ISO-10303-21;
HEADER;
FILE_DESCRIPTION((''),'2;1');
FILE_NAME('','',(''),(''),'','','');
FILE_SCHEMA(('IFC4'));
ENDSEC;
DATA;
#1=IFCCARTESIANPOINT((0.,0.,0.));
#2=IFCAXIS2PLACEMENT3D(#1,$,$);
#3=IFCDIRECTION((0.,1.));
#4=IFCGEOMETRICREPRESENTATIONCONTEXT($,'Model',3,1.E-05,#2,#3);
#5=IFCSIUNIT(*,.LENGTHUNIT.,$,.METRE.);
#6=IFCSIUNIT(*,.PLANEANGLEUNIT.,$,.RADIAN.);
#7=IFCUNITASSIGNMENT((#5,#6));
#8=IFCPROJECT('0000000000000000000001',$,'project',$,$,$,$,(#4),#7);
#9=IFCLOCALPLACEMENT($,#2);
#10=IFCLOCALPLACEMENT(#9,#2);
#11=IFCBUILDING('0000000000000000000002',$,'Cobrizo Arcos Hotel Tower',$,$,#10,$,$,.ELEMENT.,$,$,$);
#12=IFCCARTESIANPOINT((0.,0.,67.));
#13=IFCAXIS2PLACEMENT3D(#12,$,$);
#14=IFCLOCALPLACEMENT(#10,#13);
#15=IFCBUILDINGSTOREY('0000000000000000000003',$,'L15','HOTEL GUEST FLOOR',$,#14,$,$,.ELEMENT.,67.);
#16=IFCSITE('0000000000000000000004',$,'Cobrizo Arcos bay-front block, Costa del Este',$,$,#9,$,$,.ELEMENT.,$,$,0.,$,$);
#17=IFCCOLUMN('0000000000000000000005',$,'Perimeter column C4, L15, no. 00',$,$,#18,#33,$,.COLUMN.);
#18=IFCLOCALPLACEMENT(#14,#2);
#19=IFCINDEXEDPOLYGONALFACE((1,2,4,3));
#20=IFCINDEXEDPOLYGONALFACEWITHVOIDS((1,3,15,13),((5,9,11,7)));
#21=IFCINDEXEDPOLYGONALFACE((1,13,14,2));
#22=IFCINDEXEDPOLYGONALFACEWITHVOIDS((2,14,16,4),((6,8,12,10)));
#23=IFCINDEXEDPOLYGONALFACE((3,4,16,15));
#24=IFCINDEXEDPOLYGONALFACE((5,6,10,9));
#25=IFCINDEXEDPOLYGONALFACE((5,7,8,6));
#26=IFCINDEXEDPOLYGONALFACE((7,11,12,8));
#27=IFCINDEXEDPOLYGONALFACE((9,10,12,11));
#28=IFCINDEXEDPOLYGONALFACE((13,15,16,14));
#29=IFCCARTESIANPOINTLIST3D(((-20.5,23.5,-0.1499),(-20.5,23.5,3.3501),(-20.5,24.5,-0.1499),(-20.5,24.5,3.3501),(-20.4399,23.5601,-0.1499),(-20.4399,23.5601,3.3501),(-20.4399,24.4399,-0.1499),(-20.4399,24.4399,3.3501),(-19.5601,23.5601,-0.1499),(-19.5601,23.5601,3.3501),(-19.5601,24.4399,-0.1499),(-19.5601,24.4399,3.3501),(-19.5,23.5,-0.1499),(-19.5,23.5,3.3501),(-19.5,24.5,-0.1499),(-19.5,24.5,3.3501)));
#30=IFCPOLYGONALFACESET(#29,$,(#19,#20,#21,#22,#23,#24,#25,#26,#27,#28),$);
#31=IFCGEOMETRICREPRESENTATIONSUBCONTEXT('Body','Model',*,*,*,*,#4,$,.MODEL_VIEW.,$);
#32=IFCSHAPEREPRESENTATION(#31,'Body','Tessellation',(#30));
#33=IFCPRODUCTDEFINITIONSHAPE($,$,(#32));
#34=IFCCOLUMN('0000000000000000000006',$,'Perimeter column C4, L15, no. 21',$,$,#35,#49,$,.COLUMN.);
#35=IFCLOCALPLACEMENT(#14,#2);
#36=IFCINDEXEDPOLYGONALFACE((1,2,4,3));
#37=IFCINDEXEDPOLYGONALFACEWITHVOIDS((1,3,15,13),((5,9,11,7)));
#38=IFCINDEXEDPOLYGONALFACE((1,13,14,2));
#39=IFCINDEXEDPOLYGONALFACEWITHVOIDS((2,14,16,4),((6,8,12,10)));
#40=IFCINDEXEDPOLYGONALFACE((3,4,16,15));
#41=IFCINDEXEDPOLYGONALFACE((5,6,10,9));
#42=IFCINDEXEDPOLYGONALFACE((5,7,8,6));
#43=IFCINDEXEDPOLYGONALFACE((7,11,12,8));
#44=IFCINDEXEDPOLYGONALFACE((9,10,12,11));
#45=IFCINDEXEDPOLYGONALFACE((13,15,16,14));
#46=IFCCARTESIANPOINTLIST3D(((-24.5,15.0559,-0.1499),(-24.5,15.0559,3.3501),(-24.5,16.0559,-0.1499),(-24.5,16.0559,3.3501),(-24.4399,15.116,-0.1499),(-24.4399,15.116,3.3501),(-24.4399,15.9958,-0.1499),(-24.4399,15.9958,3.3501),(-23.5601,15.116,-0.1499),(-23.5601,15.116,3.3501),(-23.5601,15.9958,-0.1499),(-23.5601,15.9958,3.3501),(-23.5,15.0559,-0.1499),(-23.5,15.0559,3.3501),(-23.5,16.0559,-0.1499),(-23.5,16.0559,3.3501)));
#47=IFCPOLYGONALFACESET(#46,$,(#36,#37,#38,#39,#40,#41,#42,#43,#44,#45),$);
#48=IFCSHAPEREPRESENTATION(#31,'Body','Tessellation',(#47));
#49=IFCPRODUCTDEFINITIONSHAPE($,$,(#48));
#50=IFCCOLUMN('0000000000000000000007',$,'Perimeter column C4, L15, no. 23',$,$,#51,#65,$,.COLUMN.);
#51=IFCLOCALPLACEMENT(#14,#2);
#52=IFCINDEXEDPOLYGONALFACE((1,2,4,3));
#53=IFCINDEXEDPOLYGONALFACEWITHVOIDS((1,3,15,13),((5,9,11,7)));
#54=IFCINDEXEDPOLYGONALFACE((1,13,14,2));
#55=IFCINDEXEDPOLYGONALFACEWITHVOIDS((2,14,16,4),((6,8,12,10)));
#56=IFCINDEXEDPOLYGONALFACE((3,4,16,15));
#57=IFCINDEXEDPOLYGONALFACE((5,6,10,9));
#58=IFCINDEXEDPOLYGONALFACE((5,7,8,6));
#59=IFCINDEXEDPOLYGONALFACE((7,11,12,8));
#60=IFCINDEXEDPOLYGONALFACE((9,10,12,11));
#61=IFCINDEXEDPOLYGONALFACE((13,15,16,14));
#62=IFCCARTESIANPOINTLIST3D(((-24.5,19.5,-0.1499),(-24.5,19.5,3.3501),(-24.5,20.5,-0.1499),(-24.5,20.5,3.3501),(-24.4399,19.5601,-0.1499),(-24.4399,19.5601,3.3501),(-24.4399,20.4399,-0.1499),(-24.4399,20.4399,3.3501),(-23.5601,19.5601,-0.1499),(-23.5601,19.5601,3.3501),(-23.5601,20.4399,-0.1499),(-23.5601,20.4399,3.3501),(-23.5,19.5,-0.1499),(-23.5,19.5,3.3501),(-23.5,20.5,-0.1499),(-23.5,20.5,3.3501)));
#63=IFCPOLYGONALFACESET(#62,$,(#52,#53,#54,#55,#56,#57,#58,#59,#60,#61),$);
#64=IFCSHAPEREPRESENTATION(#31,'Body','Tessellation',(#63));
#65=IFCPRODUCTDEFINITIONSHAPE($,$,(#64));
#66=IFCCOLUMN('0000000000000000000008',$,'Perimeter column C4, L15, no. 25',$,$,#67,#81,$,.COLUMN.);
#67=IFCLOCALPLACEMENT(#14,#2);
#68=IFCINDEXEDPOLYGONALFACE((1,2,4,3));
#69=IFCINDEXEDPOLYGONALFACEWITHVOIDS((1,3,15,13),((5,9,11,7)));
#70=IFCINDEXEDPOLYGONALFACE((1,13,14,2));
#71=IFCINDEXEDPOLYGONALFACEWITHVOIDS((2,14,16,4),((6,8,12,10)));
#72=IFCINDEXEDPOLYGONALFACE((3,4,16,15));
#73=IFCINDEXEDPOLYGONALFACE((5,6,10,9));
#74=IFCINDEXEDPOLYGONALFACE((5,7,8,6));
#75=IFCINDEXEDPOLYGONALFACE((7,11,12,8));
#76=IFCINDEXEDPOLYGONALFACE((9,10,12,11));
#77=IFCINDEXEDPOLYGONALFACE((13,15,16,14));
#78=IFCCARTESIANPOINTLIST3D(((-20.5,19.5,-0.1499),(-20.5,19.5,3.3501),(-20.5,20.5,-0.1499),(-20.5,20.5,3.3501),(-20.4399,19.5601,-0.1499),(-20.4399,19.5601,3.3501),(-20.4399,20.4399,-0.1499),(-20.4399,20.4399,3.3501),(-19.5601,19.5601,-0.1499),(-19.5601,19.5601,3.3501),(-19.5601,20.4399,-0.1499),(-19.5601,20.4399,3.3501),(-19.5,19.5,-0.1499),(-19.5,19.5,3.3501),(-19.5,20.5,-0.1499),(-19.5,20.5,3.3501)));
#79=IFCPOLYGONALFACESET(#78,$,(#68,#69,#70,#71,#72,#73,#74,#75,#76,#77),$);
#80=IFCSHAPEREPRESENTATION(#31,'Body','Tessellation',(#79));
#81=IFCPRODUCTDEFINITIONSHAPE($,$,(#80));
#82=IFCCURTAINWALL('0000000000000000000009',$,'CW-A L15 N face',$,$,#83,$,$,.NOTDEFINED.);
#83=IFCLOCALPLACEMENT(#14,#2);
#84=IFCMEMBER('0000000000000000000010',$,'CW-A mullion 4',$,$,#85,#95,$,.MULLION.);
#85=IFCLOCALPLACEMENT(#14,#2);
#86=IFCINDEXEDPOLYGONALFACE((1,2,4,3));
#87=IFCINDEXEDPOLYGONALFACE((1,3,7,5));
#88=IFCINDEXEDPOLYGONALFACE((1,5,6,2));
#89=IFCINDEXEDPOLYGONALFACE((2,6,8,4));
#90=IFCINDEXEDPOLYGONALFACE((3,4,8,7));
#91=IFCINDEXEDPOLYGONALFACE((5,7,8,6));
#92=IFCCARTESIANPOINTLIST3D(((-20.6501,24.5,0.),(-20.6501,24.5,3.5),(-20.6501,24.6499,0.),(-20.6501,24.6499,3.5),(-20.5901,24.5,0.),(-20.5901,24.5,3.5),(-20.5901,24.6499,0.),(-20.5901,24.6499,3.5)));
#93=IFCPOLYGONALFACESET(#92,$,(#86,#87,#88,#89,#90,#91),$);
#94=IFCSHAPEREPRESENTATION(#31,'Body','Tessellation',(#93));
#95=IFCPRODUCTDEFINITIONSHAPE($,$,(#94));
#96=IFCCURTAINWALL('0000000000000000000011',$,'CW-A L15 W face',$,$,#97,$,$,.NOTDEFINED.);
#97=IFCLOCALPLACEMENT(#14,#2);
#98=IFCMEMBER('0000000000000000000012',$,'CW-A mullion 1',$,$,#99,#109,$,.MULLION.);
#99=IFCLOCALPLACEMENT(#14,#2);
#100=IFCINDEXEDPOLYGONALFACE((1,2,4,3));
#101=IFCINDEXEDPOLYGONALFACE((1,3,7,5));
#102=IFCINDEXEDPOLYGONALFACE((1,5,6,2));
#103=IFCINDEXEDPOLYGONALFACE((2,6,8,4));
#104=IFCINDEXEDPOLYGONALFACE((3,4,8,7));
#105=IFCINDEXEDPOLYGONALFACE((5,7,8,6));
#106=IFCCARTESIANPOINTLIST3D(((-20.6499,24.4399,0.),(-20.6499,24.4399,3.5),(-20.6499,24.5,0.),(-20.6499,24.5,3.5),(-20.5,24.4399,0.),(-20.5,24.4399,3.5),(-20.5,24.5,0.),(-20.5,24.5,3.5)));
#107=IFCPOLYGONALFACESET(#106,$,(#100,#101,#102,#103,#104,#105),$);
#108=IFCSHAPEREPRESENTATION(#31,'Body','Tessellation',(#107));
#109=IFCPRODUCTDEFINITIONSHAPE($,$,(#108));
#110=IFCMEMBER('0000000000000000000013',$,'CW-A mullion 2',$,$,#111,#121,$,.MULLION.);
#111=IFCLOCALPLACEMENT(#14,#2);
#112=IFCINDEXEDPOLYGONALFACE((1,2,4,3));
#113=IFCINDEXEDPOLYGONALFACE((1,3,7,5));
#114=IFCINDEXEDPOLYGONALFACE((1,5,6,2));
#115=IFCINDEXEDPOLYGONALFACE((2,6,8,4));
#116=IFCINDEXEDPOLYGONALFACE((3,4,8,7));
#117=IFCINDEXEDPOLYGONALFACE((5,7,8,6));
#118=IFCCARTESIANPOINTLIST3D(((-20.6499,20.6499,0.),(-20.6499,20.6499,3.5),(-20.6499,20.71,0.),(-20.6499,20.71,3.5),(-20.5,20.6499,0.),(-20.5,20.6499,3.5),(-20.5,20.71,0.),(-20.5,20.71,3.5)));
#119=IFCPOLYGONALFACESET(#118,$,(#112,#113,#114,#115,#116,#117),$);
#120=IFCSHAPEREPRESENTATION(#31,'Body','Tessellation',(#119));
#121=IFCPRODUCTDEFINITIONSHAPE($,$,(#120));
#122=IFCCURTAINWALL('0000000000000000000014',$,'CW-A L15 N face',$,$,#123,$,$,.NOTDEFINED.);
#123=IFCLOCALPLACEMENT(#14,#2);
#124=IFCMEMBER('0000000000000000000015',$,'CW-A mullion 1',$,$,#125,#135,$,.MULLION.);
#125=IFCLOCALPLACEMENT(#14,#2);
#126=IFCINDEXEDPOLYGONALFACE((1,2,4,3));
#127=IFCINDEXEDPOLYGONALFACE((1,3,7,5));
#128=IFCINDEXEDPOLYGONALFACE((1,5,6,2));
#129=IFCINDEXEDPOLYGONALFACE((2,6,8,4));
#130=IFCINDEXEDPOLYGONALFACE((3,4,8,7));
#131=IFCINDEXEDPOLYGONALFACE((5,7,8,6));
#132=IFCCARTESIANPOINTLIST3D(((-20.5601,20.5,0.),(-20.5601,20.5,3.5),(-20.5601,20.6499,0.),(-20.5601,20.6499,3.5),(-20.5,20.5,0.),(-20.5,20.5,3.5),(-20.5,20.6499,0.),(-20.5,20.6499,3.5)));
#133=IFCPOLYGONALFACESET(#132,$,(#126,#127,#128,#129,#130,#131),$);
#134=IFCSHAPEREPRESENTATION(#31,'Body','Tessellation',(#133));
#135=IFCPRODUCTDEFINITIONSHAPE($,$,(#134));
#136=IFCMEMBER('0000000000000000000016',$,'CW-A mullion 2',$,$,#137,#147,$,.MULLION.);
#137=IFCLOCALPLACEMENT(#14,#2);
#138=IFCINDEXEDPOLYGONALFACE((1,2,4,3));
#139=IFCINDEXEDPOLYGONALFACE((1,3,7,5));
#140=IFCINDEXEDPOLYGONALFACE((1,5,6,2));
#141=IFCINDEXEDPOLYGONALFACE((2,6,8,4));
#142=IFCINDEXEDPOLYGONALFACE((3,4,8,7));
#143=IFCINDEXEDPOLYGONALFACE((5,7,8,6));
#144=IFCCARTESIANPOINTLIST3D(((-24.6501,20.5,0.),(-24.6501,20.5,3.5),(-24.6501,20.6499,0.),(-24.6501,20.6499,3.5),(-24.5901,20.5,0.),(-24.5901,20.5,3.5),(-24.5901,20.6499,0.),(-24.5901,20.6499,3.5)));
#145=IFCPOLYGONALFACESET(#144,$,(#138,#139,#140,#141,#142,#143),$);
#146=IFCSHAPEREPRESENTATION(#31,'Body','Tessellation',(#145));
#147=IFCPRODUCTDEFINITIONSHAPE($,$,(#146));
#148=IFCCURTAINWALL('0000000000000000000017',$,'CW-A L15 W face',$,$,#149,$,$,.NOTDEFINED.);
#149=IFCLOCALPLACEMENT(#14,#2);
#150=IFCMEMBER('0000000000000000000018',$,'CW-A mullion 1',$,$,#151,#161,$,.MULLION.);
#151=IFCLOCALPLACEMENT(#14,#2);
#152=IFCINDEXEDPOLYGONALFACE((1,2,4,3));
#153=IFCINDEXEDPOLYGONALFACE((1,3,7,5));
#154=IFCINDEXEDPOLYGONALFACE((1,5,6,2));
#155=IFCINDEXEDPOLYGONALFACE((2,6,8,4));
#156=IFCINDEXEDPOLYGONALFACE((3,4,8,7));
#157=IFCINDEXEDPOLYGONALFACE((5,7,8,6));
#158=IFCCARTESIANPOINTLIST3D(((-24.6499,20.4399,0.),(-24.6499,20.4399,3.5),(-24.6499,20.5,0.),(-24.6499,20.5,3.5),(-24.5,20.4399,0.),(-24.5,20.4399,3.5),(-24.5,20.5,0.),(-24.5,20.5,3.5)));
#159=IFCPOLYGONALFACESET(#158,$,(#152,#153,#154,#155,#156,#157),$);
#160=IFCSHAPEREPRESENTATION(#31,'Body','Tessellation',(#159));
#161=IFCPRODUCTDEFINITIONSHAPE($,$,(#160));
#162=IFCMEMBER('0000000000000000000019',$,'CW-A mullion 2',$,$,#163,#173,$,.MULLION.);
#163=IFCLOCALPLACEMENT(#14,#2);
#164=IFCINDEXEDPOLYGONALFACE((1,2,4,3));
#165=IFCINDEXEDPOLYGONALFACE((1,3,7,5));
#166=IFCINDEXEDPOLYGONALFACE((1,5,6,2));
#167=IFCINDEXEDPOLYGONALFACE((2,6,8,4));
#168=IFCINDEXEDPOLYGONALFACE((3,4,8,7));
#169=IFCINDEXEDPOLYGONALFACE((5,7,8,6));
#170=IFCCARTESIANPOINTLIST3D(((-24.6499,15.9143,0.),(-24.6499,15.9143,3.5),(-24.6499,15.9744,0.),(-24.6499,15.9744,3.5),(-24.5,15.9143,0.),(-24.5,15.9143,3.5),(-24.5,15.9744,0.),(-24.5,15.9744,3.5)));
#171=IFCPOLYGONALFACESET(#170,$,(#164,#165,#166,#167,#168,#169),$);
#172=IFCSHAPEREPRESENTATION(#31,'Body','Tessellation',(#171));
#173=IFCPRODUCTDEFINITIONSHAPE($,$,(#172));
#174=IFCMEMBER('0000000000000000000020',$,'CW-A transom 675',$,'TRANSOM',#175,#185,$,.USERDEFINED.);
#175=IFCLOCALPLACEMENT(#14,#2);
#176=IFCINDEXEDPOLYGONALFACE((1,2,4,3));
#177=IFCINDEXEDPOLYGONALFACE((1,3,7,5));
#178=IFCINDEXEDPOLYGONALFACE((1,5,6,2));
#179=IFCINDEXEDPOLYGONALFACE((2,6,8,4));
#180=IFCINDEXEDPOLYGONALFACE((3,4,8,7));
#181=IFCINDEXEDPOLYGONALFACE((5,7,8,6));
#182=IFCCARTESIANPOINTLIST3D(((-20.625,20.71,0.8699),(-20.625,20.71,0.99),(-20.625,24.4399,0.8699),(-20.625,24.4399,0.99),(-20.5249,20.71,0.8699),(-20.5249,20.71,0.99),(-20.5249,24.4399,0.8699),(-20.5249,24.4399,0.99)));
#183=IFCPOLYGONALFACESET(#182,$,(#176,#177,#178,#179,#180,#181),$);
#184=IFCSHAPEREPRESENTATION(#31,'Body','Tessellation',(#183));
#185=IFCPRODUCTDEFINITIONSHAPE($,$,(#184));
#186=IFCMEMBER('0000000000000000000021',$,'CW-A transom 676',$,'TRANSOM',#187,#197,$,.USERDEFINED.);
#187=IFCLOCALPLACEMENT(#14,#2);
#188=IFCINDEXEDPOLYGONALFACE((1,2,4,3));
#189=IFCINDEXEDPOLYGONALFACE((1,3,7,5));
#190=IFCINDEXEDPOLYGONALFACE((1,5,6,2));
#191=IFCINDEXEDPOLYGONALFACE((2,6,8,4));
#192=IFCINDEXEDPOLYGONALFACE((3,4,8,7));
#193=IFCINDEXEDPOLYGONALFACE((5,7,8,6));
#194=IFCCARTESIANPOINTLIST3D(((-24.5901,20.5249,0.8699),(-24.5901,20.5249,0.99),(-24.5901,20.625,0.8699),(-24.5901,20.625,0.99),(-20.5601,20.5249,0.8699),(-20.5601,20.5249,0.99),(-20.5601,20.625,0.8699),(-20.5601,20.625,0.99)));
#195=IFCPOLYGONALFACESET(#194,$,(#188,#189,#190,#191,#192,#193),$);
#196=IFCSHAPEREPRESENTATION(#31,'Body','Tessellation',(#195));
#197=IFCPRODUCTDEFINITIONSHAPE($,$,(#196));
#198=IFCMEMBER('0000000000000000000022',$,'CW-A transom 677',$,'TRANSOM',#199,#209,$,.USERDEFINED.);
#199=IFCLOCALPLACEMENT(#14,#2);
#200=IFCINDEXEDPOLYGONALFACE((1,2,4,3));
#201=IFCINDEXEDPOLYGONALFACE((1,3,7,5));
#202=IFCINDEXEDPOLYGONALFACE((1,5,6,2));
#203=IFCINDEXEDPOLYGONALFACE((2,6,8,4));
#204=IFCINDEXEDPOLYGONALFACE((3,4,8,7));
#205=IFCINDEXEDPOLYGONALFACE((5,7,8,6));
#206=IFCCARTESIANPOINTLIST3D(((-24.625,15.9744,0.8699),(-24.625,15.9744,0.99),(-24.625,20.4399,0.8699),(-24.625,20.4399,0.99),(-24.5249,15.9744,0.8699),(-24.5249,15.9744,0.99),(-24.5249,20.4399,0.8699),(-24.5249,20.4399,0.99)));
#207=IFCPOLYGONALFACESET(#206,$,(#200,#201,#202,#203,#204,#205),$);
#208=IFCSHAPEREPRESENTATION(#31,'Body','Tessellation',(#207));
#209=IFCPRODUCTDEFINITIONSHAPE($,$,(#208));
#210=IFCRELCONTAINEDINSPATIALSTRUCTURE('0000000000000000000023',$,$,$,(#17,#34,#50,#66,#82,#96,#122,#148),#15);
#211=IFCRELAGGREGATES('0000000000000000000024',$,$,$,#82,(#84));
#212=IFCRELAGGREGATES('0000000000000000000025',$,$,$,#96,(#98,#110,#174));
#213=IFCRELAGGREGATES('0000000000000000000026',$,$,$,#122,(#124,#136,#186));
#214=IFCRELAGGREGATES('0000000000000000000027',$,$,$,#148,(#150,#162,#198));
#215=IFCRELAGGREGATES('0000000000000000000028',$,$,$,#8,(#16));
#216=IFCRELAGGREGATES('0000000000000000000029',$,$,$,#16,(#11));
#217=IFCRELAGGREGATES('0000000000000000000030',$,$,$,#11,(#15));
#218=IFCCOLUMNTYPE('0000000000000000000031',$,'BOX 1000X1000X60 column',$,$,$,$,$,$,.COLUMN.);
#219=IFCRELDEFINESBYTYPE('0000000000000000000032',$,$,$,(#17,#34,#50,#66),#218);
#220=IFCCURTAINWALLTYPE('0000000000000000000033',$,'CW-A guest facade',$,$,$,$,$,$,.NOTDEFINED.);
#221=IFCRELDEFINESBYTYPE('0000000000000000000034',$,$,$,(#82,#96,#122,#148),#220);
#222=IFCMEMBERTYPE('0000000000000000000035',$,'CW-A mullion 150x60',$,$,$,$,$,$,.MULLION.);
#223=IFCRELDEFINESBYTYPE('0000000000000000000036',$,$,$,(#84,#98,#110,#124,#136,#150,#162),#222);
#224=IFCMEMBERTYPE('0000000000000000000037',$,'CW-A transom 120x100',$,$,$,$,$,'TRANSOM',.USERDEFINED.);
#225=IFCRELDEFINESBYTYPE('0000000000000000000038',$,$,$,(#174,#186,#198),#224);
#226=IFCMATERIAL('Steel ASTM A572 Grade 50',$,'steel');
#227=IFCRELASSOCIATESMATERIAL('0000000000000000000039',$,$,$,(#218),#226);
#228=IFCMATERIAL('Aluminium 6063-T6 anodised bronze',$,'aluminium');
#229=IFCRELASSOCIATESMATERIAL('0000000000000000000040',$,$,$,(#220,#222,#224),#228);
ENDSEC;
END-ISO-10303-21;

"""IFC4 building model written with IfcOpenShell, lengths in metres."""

from ifc_helpers import new_model, si_unit, direction, frame, origin, origin_2d, place, context, subcontext, project, spatial, rectangle, hollow_rectangle, extrude, material, material_profile, profile_set, type_object, element, aggregate, save


model = new_model("IFC4")

# Units and contexts
model_context = context("Model", 3, precision=1e-05, world=origin(), true_north=direction((0.0, 1.0)))
body_context = subcontext(model_context, "Body", "Model", "MODEL_VIEW")
ifc_project = project(units=[si_unit("LENGTHUNIT", "METRE"), si_unit("PLANEANGLEUNIT", "RADIAN")], contexts=[model_context])

# Site, building, storey
site_placement = place(None, origin())
site = spatial("IfcSite", under=ifc_project, at=site_placement, Name="Cobrizo Arcos bay-front block, Costa del Este", CompositionType="ELEMENT", RefElevation=0.0)
building_placement = place(site_placement, origin())
building = spatial("IfcBuilding", under=site, at=building_placement, Name="Cobrizo Arcos Hotel Tower", CompositionType="ELEMENT")
storey_placement = place(building_placement, frame((0.0, 0.0, 67.0)))
storey = spatial("IfcBuildingStorey", under=building, at=storey_placement, Name="L15", Description="HOTEL GUEST FLOOR", CompositionType="ELEMENT", Elevation=67.0)

# Columns
ifc_material_1 = material(Name="Steel ASTM A572 Grade 50", Category="steel")
ifc_material_profile_1 = material_profile(ifc_material_1, hollow_rectangle(XDim=1.0, YDim=1.0, WallThickness=0.0601, at=origin_2d()), Name="BOX 1000X1000X60")
ifc_profile_set_1 = profile_set([ifc_material_profile_1], Name="Steel ASTM A572 Grade 50")
column_type = type_object("IfcColumnType", Name="BOX 1000X1000X60 column", PredefinedType="COLUMN", material=ifc_profile_set_1)
for number, where, z_axis, x_axis, name in (
    (1, (-20.0, 24.0, -0.1499), (0.0, 0.0, 1.0), (1.0, 0.0, 0.0), "Perimeter column C4, L15, no. 00"),
    (2, (-24.0, 15.5559, -0.1499), (0.0, 0.0, 1.0), (1.0, 0.0, 0.0), "Perimeter column C4, L15, no. 21"),
    (3, (-24.0, 20.0, -0.1499), (0.0, 0.0, 1.0), (1.0, 0.0, 0.0), "Perimeter column C4, L15, no. 23"),
    (4, (-20.0, 20.0, -0.1499), (0.0, 0.0, 1.0), (1.0, 0.0, 0.0), "Perimeter column C4, L15, no. 25"),
):
    element("IfcColumn", number, at=place(storey_placement, frame(where, z_axis=z_axis, x_axis=x_axis)), inside=storey, type_object=column_type, Name=name, PredefinedType="COLUMN", context=body_context, shape_type="SweptSolid", body=[
        extrude(hollow_rectangle(XDim=1.0, YDim=1.0, WallThickness=0.0601, at=origin_2d()), origin(), (0.0, 0.0, 1.0), 3.5),
    ])

# Curtain wall, member
ifc_material_2 = material(Name="Aluminium 6063-T6 anodised bronze", Category="aluminium")
curtain_wall_type = type_object("IfcCurtainWallType", Name="CW-A guest facade", PredefinedType="NOTDEFINED", material=ifc_material_2)
curtain_wall_1_placement = place(storey_placement, origin())
curtain_wall_1 = element("IfcCurtainWall", 5, at=curtain_wall_1_placement, inside=storey, type_object=curtain_wall_type, Name="CW-A L15 N face", PredefinedType="NOTDEFINED")
ifc_material_profile_2 = material_profile(ifc_material_2, rectangle(XDim=0.1499, YDim=0.0601, at=origin_2d()), Name="CW-A mullion 150x60")
ifc_profile_set_2 = profile_set([ifc_material_profile_2], Name="Aluminium 6063-T6 anodised bronze")
member_type_1 = type_object("IfcMemberType", Name="CW-A mullion 150x60", PredefinedType="MULLION", material=ifc_profile_set_2)
member_1_placement = place(storey_placement, frame((-20.6201, 24.575, 0.0), z_axis=(0.0, 0.0, 1.0), x_axis=(0.0, 1.0, 0.0)))
member_1 = element("IfcMember", 6, at=member_1_placement, type_object=member_type_1, Name="CW-A mullion 4", PredefinedType="MULLION", context=body_context, shape_type="SweptSolid", body=[
    extrude(rectangle(XDim=0.1499, YDim=0.0601, at=origin_2d()), origin(), (0.0, 0.0, 1.0), 3.5),
])

# Curtain walls, members
curtain_wall_2_placement = place(storey_placement, origin())
curtain_wall_2 = element("IfcCurtainWall", 7, at=curtain_wall_2_placement, inside=storey, type_object=curtain_wall_type, Name="CW-A L15 W face", PredefinedType="NOTDEFINED")
member_2_placement = place(storey_placement, frame((-20.575, 24.47, 0.0), z_axis=(0.0, 0.0, 1.0), x_axis=(-1.0, 0.0, 0.0)))
member_2 = element("IfcMember", 8, at=member_2_placement, type_object=member_type_1, Name="CW-A mullion 1", PredefinedType="MULLION", context=body_context, shape_type="SweptSolid", body=[
    extrude(rectangle(XDim=0.1499, YDim=0.0601, at=origin_2d()), origin(), (0.0, 0.0, 1.0), 3.5),
])
member_3_placement = place(storey_placement, frame((-20.575, 20.6799, 0.0), z_axis=(0.0, 0.0, 1.0), x_axis=(-1.0, 0.0, 0.0)))
member_3 = element("IfcMember", 9, at=member_3_placement, type_object=member_type_1, Name="CW-A mullion 2", PredefinedType="MULLION", context=body_context, shape_type="SweptSolid", body=[
    extrude(rectangle(XDim=0.1499, YDim=0.0601, at=origin_2d()), origin(), (0.0, 0.0, 1.0), 3.5),
])
curtain_wall_3_placement = place(storey_placement, origin())
curtain_wall_3 = element("IfcCurtainWall", 10, at=curtain_wall_3_placement, inside=storey, type_object=curtain_wall_type, Name="CW-A L15 N face", PredefinedType="NOTDEFINED")
member_4_placement = place(storey_placement, frame((-20.53, 20.575, 0.0), z_axis=(0.0, 0.0, 1.0), x_axis=(0.0, 1.0, 0.0)))
member_4 = element("IfcMember", 11, at=member_4_placement, type_object=member_type_1, Name="CW-A mullion 1", PredefinedType="MULLION", context=body_context, shape_type="SweptSolid", body=[
    extrude(rectangle(XDim=0.1499, YDim=0.0601, at=origin_2d()), origin(), (0.0, 0.0, 1.0), 3.5),
])
member_5_placement = place(storey_placement, frame((-24.6201, 20.575, 0.0), z_axis=(0.0, 0.0, 1.0), x_axis=(0.0, 1.0, 0.0)))
member_5 = element("IfcMember", 12, at=member_5_placement, type_object=member_type_1, Name="CW-A mullion 2", PredefinedType="MULLION", context=body_context, shape_type="SweptSolid", body=[
    extrude(rectangle(XDim=0.1499, YDim=0.0601, at=origin_2d()), origin(), (0.0, 0.0, 1.0), 3.5),
])
curtain_wall_4_placement = place(storey_placement, origin())
curtain_wall_4 = element("IfcCurtainWall", 13, at=curtain_wall_4_placement, inside=storey, type_object=curtain_wall_type, Name="CW-A L15 W face", PredefinedType="NOTDEFINED")
member_6_placement = place(storey_placement, frame((-24.575, 20.47, 0.0), z_axis=(0.0, 0.0, 1.0), x_axis=(-1.0, 0.0, 0.0)))
member_6 = element("IfcMember", 14, at=member_6_placement, type_object=member_type_1, Name="CW-A mullion 1", PredefinedType="MULLION", context=body_context, shape_type="SweptSolid", body=[
    extrude(rectangle(XDim=0.1499, YDim=0.0601, at=origin_2d()), origin(), (0.0, 0.0, 1.0), 3.5),
])
member_7_placement = place(storey_placement, frame((-24.575, 15.9443, 0.0), z_axis=(0.0, 0.0, 1.0), x_axis=(-1.0, 0.0, 0.0)))
member_7 = element("IfcMember", 15, at=member_7_placement, type_object=member_type_1, Name="CW-A mullion 2", PredefinedType="MULLION", context=body_context, shape_type="SweptSolid", body=[
    extrude(rectangle(XDim=0.1499, YDim=0.0601, at=origin_2d()), origin(), (0.0, 0.0, 1.0), 3.5),
])

# Members
ifc_material_profile_3 = material_profile(ifc_material_2, rectangle(XDim=0.1001, YDim=0.1201, at=origin_2d()), Name="CW-A transom 120x100")
ifc_profile_set_3 = profile_set([ifc_material_profile_3], Name="Aluminium 6063-T6 anodised bronze")
member_type_2 = type_object("IfcMemberType", Name="CW-A transom 120x100", ElementType="TRANSOM", PredefinedType="USERDEFINED", material=ifc_profile_set_3)
member_8_placement = place(storey_placement, frame((-20.575, 24.4399, 0.9299), z_axis=(0.0, -1.0, 0.0), x_axis=(1.0, 0.0, 0.0)))
member_8 = element("IfcMember", 16, at=member_8_placement, type_object=member_type_2, Name="CW-A transom 675", ObjectType="TRANSOM", PredefinedType="USERDEFINED", context=body_context, shape_type="SweptSolid", body=[
    extrude(rectangle(XDim=0.1001, YDim=0.1201, at=origin_2d()), origin(), (0.0, 0.0, 1.0), 3.73),
])
member_9_placement = place(storey_placement, frame((-20.5601, 20.575, 0.9299), z_axis=(-1.0, 0.0, 0.0), x_axis=(0.0, -1.0, 0.0)))
member_9 = element("IfcMember", 17, at=member_9_placement, type_object=member_type_2, Name="CW-A transom 676", ObjectType="TRANSOM", PredefinedType="USERDEFINED", context=body_context, shape_type="SweptSolid", body=[
    extrude(rectangle(XDim=0.1001, YDim=0.1201, at=origin_2d()), origin(), (0.0, 0.0, 1.0), 4.03),
])
member_10_placement = place(storey_placement, frame((-24.575, 20.4399, 0.9299), z_axis=(0.0, -1.0, 0.0), x_axis=(1.0, 0.0, 0.0)))
member_10 = element("IfcMember", 18, at=member_10_placement, type_object=member_type_2, Name="CW-A transom 677", ObjectType="TRANSOM", PredefinedType="USERDEFINED", context=body_context, shape_type="SweptSolid", body=[
    extrude(rectangle(XDim=0.1001, YDim=0.1201, at=origin_2d()), origin(), (0.0, 0.0, 1.0), 4.4656),
])

aggregate(curtain_wall_1, [member_1])
aggregate(curtain_wall_2, [member_2, member_3, member_8])
aggregate(curtain_wall_3, [member_4, member_5, member_9])
aggregate(curtain_wall_4, [member_6, member_7, member_10])

save(model, "model.ifc")
